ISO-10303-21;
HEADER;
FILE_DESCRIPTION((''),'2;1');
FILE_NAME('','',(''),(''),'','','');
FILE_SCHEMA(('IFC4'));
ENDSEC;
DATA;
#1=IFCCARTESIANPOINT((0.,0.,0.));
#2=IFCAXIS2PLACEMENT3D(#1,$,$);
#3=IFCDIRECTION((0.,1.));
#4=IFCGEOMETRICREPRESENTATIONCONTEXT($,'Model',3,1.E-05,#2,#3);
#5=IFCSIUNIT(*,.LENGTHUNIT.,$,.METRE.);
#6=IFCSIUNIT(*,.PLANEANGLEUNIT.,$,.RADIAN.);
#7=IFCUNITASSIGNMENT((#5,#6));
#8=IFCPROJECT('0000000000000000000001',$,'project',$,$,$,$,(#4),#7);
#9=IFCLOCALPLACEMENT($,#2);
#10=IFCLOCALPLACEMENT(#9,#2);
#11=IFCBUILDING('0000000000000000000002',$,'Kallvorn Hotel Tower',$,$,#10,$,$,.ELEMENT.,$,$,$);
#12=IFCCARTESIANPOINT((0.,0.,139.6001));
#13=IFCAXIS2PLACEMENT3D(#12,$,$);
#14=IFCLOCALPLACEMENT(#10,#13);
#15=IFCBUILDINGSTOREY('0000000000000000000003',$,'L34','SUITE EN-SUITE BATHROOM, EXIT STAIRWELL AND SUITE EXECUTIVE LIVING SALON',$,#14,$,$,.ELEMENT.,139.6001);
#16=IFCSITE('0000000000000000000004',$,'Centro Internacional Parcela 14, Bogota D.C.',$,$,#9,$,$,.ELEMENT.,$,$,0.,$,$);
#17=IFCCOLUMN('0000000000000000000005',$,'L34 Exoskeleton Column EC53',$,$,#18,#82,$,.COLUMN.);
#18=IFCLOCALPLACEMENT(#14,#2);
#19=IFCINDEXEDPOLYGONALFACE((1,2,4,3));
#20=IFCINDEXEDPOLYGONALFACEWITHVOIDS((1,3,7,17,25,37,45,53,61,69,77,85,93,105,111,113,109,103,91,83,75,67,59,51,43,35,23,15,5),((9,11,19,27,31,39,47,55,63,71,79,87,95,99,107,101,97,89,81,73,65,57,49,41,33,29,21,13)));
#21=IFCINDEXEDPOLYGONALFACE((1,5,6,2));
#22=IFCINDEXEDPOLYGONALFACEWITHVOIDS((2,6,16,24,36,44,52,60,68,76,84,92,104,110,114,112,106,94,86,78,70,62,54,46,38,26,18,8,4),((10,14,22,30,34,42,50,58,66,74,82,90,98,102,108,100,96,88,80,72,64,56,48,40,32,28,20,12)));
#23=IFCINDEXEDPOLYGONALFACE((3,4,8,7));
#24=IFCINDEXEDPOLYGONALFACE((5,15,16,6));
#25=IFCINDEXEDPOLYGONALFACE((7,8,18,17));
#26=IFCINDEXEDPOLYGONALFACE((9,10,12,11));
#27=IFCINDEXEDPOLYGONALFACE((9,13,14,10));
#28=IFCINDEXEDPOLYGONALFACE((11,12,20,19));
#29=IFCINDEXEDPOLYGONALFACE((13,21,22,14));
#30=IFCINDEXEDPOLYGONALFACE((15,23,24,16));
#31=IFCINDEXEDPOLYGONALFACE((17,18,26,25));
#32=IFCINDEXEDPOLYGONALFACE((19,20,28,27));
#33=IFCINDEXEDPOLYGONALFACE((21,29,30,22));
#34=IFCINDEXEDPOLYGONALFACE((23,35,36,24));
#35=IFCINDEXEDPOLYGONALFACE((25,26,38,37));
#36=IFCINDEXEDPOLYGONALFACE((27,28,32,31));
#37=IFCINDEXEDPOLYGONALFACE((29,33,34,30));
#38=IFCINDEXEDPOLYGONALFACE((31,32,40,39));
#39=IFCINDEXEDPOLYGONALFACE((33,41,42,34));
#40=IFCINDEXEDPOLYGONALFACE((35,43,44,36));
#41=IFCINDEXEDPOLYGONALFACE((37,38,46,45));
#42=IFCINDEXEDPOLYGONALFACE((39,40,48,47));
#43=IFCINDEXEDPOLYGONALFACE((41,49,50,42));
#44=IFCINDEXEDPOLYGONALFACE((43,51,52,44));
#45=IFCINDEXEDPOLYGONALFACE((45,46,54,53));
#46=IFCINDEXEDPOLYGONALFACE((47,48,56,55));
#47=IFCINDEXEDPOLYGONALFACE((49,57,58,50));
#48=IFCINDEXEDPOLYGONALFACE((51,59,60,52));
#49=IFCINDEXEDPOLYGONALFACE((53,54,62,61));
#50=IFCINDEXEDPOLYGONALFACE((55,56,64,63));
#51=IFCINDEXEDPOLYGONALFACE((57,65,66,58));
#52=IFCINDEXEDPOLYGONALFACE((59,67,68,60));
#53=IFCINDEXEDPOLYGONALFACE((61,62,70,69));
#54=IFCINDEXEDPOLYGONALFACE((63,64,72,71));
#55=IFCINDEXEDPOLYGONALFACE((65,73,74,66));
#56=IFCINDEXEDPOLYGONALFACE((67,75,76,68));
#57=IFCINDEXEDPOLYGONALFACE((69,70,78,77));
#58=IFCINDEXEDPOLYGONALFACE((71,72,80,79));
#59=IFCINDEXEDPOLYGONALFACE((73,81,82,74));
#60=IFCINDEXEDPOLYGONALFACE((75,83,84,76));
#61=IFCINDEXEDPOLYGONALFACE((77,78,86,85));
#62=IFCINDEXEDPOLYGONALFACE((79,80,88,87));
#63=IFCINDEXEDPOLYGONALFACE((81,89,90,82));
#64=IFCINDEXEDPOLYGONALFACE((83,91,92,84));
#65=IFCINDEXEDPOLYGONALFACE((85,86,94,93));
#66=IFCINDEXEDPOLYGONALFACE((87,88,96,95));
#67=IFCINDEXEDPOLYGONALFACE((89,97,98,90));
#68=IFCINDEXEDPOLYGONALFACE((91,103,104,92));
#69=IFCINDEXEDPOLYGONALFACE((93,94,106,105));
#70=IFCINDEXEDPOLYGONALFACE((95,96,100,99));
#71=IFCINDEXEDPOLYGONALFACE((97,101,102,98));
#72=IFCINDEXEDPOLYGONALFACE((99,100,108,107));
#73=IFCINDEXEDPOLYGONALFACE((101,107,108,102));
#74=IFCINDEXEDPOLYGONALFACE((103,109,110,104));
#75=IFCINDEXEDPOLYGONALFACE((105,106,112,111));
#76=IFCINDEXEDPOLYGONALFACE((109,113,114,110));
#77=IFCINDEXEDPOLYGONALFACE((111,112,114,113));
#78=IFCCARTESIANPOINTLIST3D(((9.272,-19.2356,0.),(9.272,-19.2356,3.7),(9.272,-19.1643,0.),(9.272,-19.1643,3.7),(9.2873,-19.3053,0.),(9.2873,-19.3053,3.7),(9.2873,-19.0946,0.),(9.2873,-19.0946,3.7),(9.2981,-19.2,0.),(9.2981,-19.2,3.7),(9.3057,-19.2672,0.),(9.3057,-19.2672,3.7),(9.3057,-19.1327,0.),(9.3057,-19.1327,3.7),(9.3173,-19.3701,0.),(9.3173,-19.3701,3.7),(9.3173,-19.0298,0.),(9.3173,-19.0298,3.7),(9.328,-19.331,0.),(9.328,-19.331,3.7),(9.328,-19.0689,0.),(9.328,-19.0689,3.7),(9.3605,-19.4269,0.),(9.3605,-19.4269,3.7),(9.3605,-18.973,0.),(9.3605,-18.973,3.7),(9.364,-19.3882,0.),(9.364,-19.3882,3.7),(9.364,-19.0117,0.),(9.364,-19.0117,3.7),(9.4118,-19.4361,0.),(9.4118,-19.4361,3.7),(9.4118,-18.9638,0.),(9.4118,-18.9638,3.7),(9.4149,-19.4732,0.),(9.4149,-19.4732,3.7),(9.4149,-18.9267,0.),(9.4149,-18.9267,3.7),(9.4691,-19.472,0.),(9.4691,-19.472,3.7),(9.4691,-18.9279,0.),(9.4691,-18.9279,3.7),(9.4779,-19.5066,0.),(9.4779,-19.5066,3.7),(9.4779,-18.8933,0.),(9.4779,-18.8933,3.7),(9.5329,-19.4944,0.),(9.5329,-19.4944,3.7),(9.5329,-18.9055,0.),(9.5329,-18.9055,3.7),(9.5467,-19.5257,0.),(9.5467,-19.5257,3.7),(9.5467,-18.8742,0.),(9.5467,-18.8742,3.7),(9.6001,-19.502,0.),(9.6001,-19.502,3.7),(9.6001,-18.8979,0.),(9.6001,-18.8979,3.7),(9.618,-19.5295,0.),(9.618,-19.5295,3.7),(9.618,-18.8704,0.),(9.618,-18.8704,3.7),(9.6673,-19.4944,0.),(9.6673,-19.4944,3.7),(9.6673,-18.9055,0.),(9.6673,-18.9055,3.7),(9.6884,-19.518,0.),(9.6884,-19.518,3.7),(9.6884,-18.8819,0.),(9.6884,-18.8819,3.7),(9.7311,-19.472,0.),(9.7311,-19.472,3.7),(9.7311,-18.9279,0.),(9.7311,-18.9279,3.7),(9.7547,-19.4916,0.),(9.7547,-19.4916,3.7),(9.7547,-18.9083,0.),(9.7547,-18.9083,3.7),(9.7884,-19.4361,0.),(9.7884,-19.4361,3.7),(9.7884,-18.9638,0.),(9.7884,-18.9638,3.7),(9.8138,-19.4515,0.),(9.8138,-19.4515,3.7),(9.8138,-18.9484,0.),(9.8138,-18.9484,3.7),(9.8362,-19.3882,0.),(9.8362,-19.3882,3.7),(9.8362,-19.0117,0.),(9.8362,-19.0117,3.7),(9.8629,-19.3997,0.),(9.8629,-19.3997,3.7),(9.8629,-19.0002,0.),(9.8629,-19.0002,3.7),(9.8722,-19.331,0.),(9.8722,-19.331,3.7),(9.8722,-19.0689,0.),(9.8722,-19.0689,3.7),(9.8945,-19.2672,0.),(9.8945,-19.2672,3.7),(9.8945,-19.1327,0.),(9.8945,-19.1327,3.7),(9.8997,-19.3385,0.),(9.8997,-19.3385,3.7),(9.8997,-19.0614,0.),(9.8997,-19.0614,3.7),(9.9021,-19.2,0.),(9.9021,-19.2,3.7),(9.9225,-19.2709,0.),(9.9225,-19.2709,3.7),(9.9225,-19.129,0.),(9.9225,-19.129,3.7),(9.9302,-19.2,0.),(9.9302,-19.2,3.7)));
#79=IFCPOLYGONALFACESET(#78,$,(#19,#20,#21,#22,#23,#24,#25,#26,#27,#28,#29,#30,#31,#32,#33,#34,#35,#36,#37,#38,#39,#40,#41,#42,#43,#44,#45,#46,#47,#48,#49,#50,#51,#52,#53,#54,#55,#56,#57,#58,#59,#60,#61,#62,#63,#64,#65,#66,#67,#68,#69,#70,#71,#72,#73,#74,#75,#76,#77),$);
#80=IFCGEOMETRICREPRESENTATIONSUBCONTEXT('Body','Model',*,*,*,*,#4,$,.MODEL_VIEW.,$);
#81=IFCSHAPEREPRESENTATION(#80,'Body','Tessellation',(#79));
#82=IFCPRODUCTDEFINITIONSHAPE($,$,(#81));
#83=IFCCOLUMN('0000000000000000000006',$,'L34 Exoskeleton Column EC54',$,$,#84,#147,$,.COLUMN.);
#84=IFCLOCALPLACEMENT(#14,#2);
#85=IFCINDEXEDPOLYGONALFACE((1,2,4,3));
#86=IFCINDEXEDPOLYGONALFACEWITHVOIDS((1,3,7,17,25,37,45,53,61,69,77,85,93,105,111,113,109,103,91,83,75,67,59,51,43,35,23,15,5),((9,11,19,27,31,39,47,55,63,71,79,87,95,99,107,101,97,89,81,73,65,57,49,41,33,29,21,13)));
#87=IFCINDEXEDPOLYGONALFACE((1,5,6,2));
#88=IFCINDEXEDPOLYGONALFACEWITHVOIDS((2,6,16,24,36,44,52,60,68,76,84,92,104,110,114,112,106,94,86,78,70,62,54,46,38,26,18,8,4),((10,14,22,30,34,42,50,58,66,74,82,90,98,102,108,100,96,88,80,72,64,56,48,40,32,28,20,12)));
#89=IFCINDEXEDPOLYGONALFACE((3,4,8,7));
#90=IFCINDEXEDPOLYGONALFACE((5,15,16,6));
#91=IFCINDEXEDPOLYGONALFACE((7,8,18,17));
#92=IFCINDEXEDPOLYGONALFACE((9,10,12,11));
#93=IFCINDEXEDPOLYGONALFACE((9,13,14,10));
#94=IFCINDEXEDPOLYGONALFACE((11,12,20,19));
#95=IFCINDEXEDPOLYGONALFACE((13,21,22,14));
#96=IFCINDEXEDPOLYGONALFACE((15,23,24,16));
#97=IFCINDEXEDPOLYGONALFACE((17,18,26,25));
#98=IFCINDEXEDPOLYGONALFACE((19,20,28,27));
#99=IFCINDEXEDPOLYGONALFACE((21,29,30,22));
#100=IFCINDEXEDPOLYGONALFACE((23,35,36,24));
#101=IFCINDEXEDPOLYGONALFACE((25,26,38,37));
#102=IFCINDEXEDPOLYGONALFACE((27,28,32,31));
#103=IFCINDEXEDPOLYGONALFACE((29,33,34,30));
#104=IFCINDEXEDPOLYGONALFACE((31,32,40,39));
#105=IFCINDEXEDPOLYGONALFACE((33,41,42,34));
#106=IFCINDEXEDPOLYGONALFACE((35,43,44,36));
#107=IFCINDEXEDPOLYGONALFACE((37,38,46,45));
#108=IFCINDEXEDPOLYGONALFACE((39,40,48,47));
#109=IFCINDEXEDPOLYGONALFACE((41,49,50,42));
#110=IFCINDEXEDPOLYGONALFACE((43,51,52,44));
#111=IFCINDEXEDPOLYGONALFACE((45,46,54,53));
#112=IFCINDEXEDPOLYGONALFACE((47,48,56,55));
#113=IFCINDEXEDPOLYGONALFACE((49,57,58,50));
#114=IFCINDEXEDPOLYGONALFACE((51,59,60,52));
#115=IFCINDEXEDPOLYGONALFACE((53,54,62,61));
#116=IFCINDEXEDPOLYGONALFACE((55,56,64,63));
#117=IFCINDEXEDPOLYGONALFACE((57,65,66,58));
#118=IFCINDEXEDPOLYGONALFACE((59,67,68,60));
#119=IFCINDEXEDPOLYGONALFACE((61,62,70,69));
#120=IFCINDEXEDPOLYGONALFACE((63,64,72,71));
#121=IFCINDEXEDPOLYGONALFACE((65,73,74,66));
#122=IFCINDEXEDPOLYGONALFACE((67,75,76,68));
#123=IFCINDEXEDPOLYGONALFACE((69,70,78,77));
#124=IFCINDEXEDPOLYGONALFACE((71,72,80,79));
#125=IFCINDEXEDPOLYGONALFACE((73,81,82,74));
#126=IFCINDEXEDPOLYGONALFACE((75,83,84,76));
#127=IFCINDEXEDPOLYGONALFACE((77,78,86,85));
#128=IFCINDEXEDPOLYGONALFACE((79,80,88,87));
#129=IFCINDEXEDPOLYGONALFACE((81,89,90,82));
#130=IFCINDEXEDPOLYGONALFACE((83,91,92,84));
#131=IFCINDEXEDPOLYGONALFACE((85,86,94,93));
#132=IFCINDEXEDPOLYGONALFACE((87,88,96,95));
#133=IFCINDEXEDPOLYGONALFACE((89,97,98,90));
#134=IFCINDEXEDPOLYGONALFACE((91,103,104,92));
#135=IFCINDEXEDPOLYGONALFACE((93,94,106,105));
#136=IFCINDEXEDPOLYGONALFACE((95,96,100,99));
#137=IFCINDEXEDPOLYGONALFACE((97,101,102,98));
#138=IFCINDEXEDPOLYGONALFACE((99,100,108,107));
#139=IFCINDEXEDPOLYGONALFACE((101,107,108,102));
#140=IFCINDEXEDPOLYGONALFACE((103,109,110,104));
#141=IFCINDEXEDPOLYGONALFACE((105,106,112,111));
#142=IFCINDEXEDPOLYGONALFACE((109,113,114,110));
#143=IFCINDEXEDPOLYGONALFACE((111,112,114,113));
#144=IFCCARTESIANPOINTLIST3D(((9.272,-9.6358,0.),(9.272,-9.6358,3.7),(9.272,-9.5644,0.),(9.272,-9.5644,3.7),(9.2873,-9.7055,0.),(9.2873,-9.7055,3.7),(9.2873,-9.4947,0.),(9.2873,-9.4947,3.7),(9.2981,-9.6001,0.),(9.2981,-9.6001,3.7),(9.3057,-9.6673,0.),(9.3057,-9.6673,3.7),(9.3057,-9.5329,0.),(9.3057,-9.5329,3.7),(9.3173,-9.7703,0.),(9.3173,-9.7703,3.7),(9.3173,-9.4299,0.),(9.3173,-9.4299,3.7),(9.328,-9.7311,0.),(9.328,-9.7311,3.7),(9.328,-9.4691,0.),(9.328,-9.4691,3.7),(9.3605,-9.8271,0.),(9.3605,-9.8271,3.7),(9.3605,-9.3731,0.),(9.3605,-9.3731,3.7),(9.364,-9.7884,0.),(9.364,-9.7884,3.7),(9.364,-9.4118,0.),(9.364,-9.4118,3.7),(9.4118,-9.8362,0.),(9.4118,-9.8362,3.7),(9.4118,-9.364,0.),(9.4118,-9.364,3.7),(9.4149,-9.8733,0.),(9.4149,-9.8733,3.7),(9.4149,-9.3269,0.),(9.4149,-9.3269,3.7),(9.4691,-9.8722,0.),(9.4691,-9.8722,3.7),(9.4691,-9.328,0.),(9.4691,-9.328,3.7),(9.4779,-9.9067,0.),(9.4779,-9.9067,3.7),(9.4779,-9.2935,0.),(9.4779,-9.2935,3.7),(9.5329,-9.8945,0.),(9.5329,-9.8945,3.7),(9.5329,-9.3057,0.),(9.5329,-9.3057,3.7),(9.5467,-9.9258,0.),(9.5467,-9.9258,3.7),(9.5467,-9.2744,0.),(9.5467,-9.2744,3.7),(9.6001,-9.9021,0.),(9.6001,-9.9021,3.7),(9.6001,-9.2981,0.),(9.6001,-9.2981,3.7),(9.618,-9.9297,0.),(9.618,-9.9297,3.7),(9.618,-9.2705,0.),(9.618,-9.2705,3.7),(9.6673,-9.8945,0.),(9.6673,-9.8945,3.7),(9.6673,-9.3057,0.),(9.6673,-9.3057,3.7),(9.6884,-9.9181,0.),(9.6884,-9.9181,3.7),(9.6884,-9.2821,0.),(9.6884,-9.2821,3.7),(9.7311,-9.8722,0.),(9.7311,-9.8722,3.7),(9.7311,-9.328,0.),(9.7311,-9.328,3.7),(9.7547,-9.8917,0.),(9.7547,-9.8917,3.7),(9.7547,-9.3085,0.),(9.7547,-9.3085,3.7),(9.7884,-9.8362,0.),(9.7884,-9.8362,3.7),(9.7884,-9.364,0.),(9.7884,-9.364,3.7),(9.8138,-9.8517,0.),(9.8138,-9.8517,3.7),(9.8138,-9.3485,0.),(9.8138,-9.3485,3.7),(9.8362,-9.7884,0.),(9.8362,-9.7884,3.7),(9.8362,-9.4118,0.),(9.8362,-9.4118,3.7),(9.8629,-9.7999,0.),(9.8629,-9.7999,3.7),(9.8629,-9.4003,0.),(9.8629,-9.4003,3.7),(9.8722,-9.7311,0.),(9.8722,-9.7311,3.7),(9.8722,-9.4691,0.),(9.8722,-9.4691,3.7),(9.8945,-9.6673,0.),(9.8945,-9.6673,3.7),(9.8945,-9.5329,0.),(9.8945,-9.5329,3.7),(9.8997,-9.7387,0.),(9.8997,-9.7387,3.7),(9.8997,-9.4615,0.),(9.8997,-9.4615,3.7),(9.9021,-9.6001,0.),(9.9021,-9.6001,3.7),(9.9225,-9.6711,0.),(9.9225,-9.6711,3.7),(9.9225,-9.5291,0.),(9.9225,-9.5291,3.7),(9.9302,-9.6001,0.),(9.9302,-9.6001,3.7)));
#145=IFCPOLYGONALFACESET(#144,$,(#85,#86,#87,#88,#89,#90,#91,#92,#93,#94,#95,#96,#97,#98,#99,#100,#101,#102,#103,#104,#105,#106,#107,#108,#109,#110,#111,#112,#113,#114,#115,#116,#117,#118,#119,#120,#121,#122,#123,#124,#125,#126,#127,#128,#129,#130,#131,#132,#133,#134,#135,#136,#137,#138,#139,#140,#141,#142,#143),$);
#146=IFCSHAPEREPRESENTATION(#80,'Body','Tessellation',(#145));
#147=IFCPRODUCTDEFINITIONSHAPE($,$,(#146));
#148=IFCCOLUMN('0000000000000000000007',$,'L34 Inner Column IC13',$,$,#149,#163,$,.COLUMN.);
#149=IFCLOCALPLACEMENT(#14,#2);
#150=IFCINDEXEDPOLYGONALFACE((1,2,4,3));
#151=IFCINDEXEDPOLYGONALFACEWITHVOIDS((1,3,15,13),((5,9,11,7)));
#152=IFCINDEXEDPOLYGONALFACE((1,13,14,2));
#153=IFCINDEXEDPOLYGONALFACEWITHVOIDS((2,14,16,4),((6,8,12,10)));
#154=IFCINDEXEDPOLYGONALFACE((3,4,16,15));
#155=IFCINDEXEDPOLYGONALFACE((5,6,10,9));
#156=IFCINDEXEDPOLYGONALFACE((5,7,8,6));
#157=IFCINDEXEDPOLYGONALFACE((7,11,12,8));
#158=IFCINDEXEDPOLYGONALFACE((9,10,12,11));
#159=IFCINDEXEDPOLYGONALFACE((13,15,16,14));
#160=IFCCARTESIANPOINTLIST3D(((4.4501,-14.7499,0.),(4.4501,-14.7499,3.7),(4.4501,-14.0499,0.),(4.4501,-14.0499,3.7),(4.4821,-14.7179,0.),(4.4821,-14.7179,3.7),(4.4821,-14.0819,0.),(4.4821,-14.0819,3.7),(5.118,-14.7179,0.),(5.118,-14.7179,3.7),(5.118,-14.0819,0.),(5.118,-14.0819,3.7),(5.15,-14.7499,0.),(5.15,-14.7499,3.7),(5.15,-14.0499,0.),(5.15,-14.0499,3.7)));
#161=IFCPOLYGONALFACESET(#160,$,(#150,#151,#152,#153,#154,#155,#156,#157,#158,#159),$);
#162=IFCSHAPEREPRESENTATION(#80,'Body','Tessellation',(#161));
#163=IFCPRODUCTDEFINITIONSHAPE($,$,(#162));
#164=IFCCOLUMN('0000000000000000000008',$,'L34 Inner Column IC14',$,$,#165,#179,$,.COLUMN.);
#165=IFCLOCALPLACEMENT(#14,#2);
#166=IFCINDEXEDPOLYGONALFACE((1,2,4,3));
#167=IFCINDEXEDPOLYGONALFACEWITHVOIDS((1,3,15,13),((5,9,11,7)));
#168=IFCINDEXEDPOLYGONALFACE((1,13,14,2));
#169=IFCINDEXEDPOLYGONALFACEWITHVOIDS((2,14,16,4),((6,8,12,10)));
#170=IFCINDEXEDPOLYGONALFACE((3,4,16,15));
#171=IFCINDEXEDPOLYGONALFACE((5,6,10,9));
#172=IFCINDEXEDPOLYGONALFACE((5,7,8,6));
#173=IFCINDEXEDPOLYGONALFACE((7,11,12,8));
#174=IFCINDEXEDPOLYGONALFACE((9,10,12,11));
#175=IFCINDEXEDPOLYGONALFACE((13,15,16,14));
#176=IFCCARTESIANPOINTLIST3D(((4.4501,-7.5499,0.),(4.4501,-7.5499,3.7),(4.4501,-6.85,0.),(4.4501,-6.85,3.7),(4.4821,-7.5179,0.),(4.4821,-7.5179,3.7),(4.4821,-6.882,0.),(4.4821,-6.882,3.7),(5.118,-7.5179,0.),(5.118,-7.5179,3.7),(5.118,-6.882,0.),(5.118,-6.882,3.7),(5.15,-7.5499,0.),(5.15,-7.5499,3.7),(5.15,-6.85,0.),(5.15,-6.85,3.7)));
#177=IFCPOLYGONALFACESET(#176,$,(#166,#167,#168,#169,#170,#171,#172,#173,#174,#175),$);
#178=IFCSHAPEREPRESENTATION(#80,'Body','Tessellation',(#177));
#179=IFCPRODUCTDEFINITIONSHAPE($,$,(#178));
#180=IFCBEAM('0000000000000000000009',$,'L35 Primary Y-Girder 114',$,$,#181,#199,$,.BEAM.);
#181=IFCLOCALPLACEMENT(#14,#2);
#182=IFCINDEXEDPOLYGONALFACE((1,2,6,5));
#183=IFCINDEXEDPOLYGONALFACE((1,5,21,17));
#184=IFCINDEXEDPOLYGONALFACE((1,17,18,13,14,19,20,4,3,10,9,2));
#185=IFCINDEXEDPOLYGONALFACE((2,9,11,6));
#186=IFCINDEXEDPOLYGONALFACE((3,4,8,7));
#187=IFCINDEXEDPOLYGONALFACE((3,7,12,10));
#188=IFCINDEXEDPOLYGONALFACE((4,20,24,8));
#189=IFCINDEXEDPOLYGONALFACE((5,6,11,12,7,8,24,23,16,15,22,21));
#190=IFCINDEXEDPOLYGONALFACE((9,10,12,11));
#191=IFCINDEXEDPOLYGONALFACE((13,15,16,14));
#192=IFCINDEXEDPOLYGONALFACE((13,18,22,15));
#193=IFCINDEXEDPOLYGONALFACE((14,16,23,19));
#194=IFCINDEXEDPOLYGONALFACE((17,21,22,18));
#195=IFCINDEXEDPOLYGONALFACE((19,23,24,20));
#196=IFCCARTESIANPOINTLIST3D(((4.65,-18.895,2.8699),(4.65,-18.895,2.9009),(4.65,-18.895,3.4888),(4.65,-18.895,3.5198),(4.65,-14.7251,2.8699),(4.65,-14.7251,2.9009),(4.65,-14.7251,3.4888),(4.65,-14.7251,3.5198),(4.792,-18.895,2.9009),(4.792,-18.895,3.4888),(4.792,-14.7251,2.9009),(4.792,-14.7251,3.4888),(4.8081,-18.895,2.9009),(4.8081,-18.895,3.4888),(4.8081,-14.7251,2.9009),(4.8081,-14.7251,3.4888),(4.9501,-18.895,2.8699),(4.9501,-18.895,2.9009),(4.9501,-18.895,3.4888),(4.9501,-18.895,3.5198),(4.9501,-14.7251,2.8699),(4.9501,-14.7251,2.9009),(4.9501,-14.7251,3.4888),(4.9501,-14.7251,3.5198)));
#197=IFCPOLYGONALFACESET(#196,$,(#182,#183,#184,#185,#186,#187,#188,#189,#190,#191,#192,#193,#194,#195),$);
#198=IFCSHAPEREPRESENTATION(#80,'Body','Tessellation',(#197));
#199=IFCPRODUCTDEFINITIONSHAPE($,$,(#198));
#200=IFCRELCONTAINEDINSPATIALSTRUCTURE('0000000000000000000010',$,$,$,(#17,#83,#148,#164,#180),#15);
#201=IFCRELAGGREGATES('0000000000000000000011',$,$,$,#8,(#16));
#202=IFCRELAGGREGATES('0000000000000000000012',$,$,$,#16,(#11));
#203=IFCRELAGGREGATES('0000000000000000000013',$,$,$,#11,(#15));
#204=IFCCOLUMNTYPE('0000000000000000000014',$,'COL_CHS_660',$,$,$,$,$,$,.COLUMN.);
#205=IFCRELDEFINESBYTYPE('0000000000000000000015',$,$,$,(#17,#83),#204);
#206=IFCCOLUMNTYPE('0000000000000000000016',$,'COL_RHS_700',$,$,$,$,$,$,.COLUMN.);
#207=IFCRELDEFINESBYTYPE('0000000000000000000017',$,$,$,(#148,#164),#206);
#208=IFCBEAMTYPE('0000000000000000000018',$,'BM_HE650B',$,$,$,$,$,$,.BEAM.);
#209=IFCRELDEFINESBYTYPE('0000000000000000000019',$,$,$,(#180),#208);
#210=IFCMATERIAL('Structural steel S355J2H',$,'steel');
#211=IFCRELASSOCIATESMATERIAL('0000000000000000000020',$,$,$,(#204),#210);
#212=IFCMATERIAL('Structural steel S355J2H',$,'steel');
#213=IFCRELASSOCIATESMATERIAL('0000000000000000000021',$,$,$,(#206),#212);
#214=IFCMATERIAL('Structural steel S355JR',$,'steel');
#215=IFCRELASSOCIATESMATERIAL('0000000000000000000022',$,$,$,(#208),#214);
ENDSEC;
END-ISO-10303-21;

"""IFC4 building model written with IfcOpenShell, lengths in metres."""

from ifc_helpers import new_model, si_unit, direction, frame, origin, origin_2d, place, context, subcontext, project, spatial, hollow_rectangle, hollow_circle, i_section, extrude, material, material_profile, profile_set, type_object, element, save


model = new_model("IFC4")

# Units and contexts
model_context = context("Model", 3, precision=1e-05, world=origin(), true_north=direction((0.0, 1.0)))
body_context = subcontext(model_context, "Body", "Model", "MODEL_VIEW")
ifc_project = project(units=[si_unit("LENGTHUNIT", "METRE"), si_unit("PLANEANGLEUNIT", "RADIAN")], contexts=[model_context])

# Site, building, storey
site_placement = place(None, origin())
site = spatial("IfcSite", under=ifc_project, at=site_placement, Name="Centro Internacional Parcela 14, Bogota D.C.", CompositionType="ELEMENT", RefElevation=0.0)
building_placement = place(site_placement, origin())
building = spatial("IfcBuilding", under=site, at=building_placement, Name="Kallvorn Hotel Tower", CompositionType="ELEMENT")
storey_placement = place(building_placement, frame((0.0, 0.0, 139.6001)))
storey = spatial("IfcBuildingStorey", under=building, at=storey_placement, Name="L34", Description="SUITE EN-SUITE BATHROOM, EXIT STAIRWELL AND SUITE EXECUTIVE LIVING SALON", CompositionType="ELEMENT", Elevation=139.6001)

# Columns
ifc_material_1 = material(Name="Structural steel S355J2H", Category="steel")
ifc_material_profile_1 = material_profile(ifc_material_1, hollow_circle(Radius=0.3301, WallThickness=0.0281, at=origin_2d()), Name="CHS 660x28")
ifc_profile_set_1 = profile_set([ifc_material_profile_1], Name="Structural steel S355J2H")
column_type_1 = type_object("IfcColumnType", Name="COL_CHS_660", PredefinedType="COLUMN", material=ifc_profile_set_1)
for number, where, z_axis, x_axis, name in (
    (1, (9.6001, -19.2, 0.0), (0.0, 0.0, 1.0), (1.0, 0.0, 0.0), "L34 Exoskeleton Column EC53"),
    (2, (9.6001, -9.6001, 0.0), (0.0, 0.0, 1.0), (1.0, 0.0, 0.0), "L34 Exoskeleton Column EC54"),
):
    element("IfcColumn", number, at=place(storey_placement, frame(where, z_axis=z_axis, x_axis=x_axis)), inside=storey, type_object=column_type_1, Name=name, PredefinedType="COLUMN", context=body_context, shape_type="SweptSolid", body=[
        extrude(hollow_circle(Radius=0.3301, WallThickness=0.0281, at=origin_2d()), origin(), (0.0, 0.0, 1.0), 3.7),
    ])
ifc_material_2 = material(Name="Structural steel S355J2H", Category="steel")
ifc_material_profile_2 = material_profile(ifc_material_2, hollow_rectangle(XDim=0.7, YDim=0.7, WallThickness=0.032, at=origin_2d()), Name="RHS 700x700x32")
ifc_profile_set_2 = profile_set([ifc_material_profile_2], Name="Structural steel S355J2H")
column_type_2 = type_object("IfcColumnType", Name="COL_RHS_700", PredefinedType="COLUMN", material=ifc_profile_set_2)
for number, where, z_axis, x_axis, name in (
    (3, (4.8, -14.3999, 0.0), (0.0, 0.0, 1.0), (1.0, 0.0, 0.0), "L34 Inner Column IC13"),
    (4, (4.8, -7.2, 0.0), (0.0, 0.0, 1.0), (1.0, 0.0, 0.0), "L34 Inner Column IC14"),
):
    element("IfcColumn", number, at=place(storey_placement, frame(where, z_axis=z_axis, x_axis=x_axis)), inside=storey, type_object=column_type_2, Name=name, PredefinedType="COLUMN", context=body_context, shape_type="SweptSolid", body=[
        extrude(hollow_rectangle(XDim=0.7, YDim=0.7, WallThickness=0.032, at=origin_2d()), origin(), (0.0, 0.0, 1.0), 3.7),
    ])

# Beam
ifc_material_3 = material(Name="Structural steel S355JR", Category="steel")
ifc_material_profile_3 = material_profile(ifc_material_3, i_section(OverallWidth=0.3, OverallDepth=0.6499, WebThickness=0.0161, FlangeThickness=0.031, at=origin_2d()), Name="HE 650 B")
ifc_profile_set_3 = profile_set([ifc_material_profile_3], Name="Structural steel S355JR")
beam_type_1 = type_object("IfcBeamType", Name="BM_HE650B", PredefinedType="BEAM", material=ifc_profile_set_3)
beam_1_placement = place(storey_placement, frame((4.8, -18.895, 3.1948), z_axis=(0.0, 1.0, 0.0), x_axis=(-1.0, 0.0, 0.0)))
element("IfcBeam", 5, at=beam_1_placement, inside=storey, type_object=beam_type_1, Name="L35 Primary Y-Girder 114", PredefinedType="BEAM", context=body_context, shape_type="SweptSolid", body=[
    extrude(i_section(OverallWidth=0.3, OverallDepth=0.6499, WebThickness=0.0161, FlangeThickness=0.031, at=origin_2d()), origin(), (0.0, 0.0, 1.0), 4.1699),
])

save(model, "model.ifc")
